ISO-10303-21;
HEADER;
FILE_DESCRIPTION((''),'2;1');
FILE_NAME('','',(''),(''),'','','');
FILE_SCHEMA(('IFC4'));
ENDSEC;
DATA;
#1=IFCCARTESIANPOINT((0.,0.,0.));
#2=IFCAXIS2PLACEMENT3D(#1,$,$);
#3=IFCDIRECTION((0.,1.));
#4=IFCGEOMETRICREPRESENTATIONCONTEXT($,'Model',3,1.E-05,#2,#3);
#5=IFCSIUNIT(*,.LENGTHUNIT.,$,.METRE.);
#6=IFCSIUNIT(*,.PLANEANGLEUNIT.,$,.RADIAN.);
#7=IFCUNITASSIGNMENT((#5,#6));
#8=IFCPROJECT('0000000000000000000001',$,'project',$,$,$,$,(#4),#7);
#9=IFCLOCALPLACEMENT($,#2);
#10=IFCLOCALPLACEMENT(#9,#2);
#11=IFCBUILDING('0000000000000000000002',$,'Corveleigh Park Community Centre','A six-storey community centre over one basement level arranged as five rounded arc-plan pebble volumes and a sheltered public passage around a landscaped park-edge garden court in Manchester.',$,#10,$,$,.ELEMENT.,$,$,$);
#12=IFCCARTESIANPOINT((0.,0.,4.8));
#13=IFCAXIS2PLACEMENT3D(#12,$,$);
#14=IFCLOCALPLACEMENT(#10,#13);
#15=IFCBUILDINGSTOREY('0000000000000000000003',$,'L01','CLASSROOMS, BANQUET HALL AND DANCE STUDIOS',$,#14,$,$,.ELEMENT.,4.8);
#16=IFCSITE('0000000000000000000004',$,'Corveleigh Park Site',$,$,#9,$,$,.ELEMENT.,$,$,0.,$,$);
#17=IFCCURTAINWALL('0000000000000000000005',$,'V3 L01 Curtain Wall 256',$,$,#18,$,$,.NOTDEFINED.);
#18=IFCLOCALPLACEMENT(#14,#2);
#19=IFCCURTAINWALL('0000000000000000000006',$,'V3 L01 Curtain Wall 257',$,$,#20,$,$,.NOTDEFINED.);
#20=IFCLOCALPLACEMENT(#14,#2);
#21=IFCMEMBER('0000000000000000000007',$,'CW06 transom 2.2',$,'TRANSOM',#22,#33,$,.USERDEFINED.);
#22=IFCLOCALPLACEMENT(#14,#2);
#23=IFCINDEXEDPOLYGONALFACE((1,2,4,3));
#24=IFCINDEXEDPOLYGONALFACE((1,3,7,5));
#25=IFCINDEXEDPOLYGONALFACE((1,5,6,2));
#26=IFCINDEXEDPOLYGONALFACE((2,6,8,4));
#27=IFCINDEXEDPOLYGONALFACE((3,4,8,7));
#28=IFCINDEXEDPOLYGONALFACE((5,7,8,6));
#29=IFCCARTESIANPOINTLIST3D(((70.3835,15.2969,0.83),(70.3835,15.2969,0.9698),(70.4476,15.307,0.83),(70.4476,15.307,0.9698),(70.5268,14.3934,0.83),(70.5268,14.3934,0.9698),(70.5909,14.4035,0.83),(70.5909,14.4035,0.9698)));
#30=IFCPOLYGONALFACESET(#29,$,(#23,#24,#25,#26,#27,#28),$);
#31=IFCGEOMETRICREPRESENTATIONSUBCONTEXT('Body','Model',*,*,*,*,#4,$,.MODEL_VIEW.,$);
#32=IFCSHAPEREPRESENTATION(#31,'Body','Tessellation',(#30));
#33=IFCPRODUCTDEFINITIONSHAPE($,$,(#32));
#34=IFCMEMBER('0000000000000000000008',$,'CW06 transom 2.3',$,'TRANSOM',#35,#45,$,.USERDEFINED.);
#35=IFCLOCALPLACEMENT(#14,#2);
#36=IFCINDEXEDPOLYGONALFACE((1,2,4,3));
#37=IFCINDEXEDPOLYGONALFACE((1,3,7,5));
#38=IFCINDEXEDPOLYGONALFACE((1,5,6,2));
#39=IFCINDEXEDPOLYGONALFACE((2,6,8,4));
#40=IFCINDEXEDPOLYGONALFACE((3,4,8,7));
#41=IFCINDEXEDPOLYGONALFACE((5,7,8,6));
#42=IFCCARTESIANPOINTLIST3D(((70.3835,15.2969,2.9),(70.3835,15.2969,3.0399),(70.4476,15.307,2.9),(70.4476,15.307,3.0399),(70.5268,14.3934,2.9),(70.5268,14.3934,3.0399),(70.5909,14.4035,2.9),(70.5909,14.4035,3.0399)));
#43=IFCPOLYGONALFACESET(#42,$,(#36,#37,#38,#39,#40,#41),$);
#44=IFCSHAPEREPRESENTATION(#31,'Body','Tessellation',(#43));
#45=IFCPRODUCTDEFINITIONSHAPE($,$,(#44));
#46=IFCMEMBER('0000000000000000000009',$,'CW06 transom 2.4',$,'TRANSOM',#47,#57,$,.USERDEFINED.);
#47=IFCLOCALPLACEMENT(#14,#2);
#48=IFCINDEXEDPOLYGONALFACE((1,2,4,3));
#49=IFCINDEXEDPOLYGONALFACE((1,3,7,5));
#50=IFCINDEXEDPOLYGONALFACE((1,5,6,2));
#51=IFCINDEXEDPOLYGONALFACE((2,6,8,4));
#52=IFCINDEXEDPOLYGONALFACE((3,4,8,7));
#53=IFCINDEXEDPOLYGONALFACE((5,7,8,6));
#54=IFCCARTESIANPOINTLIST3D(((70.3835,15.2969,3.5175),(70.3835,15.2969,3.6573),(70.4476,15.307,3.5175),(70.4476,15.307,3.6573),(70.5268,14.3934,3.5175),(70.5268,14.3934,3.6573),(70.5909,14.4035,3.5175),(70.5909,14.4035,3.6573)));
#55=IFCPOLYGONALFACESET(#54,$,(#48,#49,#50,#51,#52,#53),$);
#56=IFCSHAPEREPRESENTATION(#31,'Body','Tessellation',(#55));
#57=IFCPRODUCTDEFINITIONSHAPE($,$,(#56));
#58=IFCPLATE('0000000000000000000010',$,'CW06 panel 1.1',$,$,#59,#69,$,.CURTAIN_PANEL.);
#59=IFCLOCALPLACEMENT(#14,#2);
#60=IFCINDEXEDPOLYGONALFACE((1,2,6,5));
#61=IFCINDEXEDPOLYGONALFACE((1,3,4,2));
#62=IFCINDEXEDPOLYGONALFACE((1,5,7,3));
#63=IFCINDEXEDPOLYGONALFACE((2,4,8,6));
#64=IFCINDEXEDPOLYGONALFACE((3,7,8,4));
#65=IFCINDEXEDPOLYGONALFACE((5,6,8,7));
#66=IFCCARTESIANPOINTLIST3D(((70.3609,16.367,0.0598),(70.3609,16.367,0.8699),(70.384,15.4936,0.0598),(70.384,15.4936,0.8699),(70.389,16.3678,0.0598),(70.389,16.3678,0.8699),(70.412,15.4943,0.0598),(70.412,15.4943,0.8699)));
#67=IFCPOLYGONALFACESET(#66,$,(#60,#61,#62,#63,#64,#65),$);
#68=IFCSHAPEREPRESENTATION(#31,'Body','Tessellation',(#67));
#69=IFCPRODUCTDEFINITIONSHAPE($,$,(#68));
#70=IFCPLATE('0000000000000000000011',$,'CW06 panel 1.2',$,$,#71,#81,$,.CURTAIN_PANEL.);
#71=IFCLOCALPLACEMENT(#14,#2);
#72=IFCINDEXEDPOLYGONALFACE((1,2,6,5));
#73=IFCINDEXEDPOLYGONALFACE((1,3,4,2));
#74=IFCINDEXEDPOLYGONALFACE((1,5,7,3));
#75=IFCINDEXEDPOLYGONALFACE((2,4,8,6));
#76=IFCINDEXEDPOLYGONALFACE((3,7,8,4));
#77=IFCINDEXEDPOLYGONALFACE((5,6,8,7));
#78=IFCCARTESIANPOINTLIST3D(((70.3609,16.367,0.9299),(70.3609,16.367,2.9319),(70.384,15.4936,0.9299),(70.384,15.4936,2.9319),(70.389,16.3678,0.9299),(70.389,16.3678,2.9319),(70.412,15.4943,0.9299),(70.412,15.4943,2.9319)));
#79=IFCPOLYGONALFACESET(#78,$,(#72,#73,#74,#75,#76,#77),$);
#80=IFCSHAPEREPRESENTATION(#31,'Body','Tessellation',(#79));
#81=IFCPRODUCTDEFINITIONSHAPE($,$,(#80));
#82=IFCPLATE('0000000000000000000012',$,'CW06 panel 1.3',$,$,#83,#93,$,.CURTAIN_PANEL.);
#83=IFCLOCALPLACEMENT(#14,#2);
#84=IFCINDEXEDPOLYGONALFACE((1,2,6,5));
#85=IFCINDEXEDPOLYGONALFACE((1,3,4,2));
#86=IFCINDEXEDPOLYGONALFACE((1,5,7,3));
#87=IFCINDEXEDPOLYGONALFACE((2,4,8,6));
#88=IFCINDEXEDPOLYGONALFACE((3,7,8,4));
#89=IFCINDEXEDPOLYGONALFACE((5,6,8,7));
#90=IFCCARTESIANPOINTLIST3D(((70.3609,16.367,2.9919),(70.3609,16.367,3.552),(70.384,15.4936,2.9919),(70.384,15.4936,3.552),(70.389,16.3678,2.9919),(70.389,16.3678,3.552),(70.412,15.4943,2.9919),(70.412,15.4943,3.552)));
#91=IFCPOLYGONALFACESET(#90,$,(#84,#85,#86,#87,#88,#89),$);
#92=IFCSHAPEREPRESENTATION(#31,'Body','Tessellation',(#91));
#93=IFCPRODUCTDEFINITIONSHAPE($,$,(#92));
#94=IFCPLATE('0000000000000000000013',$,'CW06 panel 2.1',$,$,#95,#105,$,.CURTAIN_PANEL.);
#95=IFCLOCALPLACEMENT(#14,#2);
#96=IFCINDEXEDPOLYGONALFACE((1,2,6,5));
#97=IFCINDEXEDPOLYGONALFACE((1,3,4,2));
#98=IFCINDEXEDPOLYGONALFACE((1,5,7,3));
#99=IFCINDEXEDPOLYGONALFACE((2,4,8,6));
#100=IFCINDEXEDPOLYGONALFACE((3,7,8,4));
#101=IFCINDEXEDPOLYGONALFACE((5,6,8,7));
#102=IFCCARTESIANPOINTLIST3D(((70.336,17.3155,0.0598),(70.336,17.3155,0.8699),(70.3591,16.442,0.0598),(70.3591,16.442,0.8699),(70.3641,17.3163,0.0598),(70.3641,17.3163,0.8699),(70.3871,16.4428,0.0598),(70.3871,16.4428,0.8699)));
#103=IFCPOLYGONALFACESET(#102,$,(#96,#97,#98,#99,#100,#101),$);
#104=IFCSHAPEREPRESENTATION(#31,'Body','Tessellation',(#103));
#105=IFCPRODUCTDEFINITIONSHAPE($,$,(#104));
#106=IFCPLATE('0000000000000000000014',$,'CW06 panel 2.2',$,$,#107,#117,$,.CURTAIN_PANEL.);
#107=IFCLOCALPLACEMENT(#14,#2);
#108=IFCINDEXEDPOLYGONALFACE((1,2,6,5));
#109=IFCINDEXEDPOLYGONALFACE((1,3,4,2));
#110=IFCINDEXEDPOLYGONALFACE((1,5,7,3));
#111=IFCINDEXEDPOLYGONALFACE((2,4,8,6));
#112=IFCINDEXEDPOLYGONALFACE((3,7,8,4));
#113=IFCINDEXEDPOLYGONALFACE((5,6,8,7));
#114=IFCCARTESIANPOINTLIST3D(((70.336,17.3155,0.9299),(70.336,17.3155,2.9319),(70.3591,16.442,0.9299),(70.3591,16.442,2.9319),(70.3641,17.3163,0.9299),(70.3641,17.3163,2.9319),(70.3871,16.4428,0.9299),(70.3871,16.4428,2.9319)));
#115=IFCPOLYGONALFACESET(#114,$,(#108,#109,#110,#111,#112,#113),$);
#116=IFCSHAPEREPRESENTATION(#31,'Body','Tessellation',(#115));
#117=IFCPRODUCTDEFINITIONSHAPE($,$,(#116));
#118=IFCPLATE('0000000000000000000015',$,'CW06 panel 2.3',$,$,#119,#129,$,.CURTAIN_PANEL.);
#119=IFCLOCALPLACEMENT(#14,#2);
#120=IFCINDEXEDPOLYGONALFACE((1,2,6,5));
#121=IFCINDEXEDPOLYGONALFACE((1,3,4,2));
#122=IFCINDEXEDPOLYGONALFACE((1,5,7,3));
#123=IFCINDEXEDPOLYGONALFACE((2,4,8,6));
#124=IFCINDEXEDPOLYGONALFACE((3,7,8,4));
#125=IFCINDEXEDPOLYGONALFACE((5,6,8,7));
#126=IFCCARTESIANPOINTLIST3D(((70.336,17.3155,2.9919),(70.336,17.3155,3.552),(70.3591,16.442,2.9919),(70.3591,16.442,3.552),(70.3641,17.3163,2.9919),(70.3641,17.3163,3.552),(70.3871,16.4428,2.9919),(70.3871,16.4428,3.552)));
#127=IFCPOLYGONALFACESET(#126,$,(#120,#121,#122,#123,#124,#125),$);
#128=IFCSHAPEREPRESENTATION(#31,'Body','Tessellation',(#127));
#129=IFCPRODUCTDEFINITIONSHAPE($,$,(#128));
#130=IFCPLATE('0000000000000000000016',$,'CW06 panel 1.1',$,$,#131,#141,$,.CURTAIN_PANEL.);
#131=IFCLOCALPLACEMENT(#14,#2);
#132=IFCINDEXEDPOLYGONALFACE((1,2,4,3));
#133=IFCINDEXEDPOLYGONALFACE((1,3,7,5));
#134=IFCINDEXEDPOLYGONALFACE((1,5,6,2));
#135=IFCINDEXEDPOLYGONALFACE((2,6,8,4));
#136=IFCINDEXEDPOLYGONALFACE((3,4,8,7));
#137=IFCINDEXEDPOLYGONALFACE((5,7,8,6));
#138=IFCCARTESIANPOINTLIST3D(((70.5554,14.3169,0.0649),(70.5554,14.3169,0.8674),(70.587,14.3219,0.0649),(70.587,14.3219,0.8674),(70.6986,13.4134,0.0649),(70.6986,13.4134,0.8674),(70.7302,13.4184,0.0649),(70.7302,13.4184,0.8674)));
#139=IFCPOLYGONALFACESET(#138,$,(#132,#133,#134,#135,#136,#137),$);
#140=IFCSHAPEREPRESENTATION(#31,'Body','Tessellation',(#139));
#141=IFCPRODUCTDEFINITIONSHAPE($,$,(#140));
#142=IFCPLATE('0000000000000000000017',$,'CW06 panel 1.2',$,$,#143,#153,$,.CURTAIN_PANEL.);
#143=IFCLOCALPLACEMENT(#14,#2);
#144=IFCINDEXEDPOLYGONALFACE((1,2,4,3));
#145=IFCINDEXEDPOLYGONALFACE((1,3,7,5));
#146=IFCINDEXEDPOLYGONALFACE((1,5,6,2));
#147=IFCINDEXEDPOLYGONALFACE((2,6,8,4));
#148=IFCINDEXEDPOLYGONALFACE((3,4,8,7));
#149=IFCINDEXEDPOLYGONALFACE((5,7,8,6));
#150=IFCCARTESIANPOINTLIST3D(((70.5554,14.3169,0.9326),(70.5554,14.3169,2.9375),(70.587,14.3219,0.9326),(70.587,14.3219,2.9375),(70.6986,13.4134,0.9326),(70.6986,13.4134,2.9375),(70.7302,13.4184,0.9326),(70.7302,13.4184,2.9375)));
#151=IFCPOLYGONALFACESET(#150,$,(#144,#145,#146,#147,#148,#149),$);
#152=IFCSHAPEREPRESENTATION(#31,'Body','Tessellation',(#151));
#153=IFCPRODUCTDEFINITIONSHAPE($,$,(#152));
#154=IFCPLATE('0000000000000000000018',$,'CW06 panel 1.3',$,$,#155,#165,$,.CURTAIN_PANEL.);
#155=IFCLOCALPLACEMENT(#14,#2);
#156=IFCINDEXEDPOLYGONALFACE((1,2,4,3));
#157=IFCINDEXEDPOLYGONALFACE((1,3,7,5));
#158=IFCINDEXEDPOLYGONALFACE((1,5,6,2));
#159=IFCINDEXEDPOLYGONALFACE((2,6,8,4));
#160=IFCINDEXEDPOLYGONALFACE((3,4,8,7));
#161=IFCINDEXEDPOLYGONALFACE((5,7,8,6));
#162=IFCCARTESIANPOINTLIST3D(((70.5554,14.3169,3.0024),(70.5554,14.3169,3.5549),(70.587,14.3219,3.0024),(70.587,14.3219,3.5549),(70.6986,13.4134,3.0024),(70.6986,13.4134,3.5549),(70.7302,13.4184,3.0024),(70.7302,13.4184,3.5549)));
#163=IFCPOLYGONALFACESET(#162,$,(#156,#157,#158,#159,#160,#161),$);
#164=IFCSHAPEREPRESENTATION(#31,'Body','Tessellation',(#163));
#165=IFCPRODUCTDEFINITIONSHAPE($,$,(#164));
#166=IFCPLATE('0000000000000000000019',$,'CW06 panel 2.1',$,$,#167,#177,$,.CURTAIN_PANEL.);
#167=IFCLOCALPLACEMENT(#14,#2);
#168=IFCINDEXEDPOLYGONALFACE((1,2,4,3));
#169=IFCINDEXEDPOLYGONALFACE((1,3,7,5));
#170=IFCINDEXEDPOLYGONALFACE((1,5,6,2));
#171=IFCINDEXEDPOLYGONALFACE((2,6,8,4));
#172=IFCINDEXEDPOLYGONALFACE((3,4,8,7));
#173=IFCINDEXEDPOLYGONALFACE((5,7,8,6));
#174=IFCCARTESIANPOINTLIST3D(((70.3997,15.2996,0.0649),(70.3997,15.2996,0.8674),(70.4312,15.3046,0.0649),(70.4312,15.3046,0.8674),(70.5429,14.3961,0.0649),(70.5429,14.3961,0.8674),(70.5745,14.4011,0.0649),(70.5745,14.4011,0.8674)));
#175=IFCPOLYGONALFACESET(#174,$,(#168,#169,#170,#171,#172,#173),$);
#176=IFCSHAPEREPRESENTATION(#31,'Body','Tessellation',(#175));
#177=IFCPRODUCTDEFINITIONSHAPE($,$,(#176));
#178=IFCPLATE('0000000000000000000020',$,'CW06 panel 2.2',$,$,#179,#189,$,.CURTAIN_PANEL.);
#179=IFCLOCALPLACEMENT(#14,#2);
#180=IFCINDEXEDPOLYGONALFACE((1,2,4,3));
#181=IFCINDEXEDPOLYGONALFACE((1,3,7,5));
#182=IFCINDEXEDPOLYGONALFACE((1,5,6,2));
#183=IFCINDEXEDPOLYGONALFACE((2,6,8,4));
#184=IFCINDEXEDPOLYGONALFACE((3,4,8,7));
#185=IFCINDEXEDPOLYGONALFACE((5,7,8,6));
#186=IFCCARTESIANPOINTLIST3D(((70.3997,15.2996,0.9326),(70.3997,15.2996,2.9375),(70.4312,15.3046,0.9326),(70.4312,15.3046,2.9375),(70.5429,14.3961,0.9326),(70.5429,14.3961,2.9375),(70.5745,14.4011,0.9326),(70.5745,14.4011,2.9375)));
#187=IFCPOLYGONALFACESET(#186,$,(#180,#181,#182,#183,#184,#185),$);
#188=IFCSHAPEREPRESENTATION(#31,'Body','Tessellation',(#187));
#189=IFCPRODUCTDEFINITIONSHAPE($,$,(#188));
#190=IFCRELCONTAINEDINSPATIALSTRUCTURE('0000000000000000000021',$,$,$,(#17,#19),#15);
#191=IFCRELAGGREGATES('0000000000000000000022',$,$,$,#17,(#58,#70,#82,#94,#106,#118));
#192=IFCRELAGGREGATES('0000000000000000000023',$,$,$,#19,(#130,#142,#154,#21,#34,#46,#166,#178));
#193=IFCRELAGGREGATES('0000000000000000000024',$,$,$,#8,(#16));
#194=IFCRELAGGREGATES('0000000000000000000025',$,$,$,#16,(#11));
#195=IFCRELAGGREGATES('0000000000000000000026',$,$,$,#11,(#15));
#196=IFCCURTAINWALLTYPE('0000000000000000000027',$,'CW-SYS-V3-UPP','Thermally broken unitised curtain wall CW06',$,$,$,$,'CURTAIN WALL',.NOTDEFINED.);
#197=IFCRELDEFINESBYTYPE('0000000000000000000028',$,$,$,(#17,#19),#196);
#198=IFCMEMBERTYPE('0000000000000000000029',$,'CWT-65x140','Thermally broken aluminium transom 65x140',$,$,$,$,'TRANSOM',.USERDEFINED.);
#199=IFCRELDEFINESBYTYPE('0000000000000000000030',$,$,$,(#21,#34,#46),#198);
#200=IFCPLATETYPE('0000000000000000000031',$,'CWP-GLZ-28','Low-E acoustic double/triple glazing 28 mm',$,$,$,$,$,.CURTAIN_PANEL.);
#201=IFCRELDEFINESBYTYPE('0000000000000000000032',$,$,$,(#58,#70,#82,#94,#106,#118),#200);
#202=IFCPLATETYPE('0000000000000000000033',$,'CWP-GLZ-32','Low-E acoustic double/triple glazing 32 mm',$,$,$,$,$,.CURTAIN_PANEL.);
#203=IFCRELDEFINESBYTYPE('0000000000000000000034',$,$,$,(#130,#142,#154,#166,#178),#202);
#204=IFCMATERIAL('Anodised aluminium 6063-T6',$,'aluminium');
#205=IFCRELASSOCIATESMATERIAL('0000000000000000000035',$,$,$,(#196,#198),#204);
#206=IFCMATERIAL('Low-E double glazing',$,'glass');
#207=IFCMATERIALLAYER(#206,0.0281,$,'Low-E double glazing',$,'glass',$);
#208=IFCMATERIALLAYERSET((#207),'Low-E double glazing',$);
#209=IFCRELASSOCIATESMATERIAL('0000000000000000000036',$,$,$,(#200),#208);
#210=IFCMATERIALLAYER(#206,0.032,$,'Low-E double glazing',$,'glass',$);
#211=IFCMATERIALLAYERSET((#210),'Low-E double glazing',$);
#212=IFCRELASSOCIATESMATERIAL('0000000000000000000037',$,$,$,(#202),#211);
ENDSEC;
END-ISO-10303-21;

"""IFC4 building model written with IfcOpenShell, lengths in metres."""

from ifc_helpers import new_model, si_unit, direction, frame, origin, origin_2d, place, context, subcontext, project, spatial, rectangle, extrude, material, layer, layer_set, material_profile, profile_set, type_object, element, aggregate, save


model = new_model("IFC4")

# Units and contexts
model_context = context("Model", 3, precision=1e-05, world=origin(), true_north=direction((0.0, 1.0)))
body_context = subcontext(model_context, "Body", "Model", "MODEL_VIEW")
ifc_project = project(units=[si_unit("LENGTHUNIT", "METRE"), si_unit("PLANEANGLEUNIT", "RADIAN")], contexts=[model_context])

# Site, building, storey
site_placement = place(None, origin())
site = spatial("IfcSite", under=ifc_project, at=site_placement, Name="Corveleigh Park Site", CompositionType="ELEMENT", RefElevation=0.0)
building_placement = place(site_placement, origin())
building = spatial("IfcBuilding", under=site, at=building_placement, Name="Corveleigh Park Community Centre", Description="A six-storey community centre over one basement level arranged as five rounded arc-plan pebble volumes and a sheltered public passage around a landscaped park-edge garden court in Manchester.", CompositionType="ELEMENT")
storey_placement = place(building_placement, frame((0.0, 0.0, 4.8)))
storey = spatial("IfcBuildingStorey", under=building, at=storey_placement, Name="L01", Description="CLASSROOMS, BANQUET HALL AND DANCE STUDIOS", CompositionType="ELEMENT", Elevation=4.8)

# Curtain walls
ifc_material_1 = material(Name="Anodised aluminium 6063-T6", Category="aluminium")
curtain_wall_type = type_object("IfcCurtainWallType", Name="CW-SYS-V3-UPP", Description="Thermally broken unitised curtain wall CW06", ElementType="CURTAIN WALL", PredefinedType="NOTDEFINED", material=ifc_material_1)
curtain_wall_1_placement = place(storey_placement, origin())
curtain_wall_1 = element("IfcCurtainWall", 1, at=curtain_wall_1_placement, inside=storey, type_object=curtain_wall_type, Name="V3 L01 Curtain Wall 256", PredefinedType="NOTDEFINED")
curtain_wall_2_placement = place(storey_placement, origin())
curtain_wall_2 = element("IfcCurtainWall", 2, at=curtain_wall_2_placement, inside=storey, type_object=curtain_wall_type, Name="V3 L01 Curtain Wall 257", PredefinedType="NOTDEFINED")

# Members
ifc_material_profile_1 = material_profile(ifc_material_1, rectangle(XDim=0.0649, YDim=0.1399, at=origin_2d()), Name="ALU-T65x140", Category="aluminium")
ifc_profile_set_1 = profile_set([ifc_material_profile_1], Name="Anodised aluminium 6063-T6")
member_type_1 = type_object("IfcMemberType", Name="CWT-65x140", Description="Thermally broken aluminium transom 65x140", ElementType="TRANSOM", PredefinedType="USERDEFINED", material=ifc_profile_set_1)
member_1_placement = place(storey_placement, frame((70.5588, 14.3984, 0.8999), z_axis=(-0.156648, 0.987655, 0.0), x_axis=(-0.987655, -0.156648, 0.0)))
member_1 = element("IfcMember", 3, at=member_1_placement, type_object=member_type_1, Name="CW06 transom 2.2", ObjectType="TRANSOM", PredefinedType="USERDEFINED", context=body_context, shape_type="SweptSolid", body=[
    extrude(rectangle(XDim=0.0649, YDim=0.1399, at=origin_2d()), origin(), (0.0, 0.0, 1.0), 0.9148),
])
member_2_placement = place(storey_placement, frame((70.5588, 14.3984, 2.97), z_axis=(-0.156648, 0.987655, 0.0), x_axis=(-0.987655, -0.156648, 0.0)))
member_2 = element("IfcMember", 4, at=member_2_placement, type_object=member_type_1, Name="CW06 transom 2.3", ObjectType="TRANSOM", PredefinedType="USERDEFINED", context=body_context, shape_type="SweptSolid", body=[
    extrude(rectangle(XDim=0.0649, YDim=0.1399, at=origin_2d()), origin(), (0.0, 0.0, 1.0), 0.9148),
])
member_3_placement = place(storey_placement, frame((70.5588, 14.3984, 3.5874), z_axis=(-0.156648, 0.987655, 0.0), x_axis=(-0.987655, -0.156648, 0.0)))
member_3 = element("IfcMember", 5, at=member_3_placement, type_object=member_type_1, Name="CW06 transom 2.4", ObjectType="TRANSOM", PredefinedType="USERDEFINED", context=body_context, shape_type="SweptSolid", body=[
    extrude(rectangle(XDim=0.0649, YDim=0.1399, at=origin_2d()), origin(), (0.0, 0.0, 1.0), 0.9148),
])

# Plates
ifc_material_2 = material(Name="Low-E double glazing", Category="glass")
ifc_layer_1 = layer(ifc_material_2, 0.0281, Name="Low-E double glazing", Category="glass")
ifc_layer_set_1 = layer_set([ifc_layer_1], Name="Low-E double glazing")
plate_type_1 = type_object("IfcPlateType", Name="CWP-GLZ-28", Description="Low-E acoustic double/triple glazing 28 mm", PredefinedType="CURTAIN_PANEL", material=ifc_layer_set_1)
plate_1_placement = place(storey_placement, frame((70.3865, 15.9307, 0.0598), z_axis=(0.0, 0.0, 1.0), x_axis=(-0.02636, 0.999653, 0.0)))
plate_1 = element("IfcPlate", 6, at=plate_1_placement, type_object=plate_type_1, Name="CW06 panel 1.1", PredefinedType="CURTAIN_PANEL", context=body_context, shape_type="SweptSolid", body=[
    extrude(rectangle(XDim=0.8738, YDim=0.0281, at=origin_2d()), origin(), (0.0, 0.0, 1.0), 0.8101),
])
plate_2_placement = place(storey_placement, frame((70.3865, 15.9307, 0.9299), z_axis=(0.0, 0.0, 1.0), x_axis=(-0.02636, 0.999653, 0.0)))
plate_2 = element("IfcPlate", 7, at=plate_2_placement, type_object=plate_type_1, Name="CW06 panel 1.2", PredefinedType="CURTAIN_PANEL", context=body_context, shape_type="SweptSolid", body=[
    extrude(rectangle(XDim=0.8738, YDim=0.0281, at=origin_2d()), origin(), (0.0, 0.0, 1.0), 2.002),
])
plate_3_placement = place(storey_placement, frame((70.3865, 15.9307, 2.9919), z_axis=(0.0, 0.0, 1.0), x_axis=(-0.02636, 0.999653, 0.0)))
plate_3 = element("IfcPlate", 8, at=plate_3_placement, type_object=plate_type_1, Name="CW06 panel 1.3", PredefinedType="CURTAIN_PANEL", context=body_context, shape_type="SweptSolid", body=[
    extrude(rectangle(XDim=0.8738, YDim=0.0281, at=origin_2d()), origin(), (0.0, 0.0, 1.0), 0.5601),
])
plate_4_placement = place(storey_placement, frame((70.3616, 16.8792, 0.0598), z_axis=(0.0, 0.0, 1.0), x_axis=(-0.02636, 0.999653, 0.0)))
plate_4 = element("IfcPlate", 9, at=plate_4_placement, type_object=plate_type_1, Name="CW06 panel 2.1", PredefinedType="CURTAIN_PANEL", context=body_context, shape_type="SweptSolid", body=[
    extrude(rectangle(XDim=0.8738, YDim=0.0281, at=origin_2d()), origin(), (0.0, 0.0, 1.0), 0.8101),
])
plate_5_placement = place(storey_placement, frame((70.3616, 16.8792, 0.9299), z_axis=(0.0, 0.0, 1.0), x_axis=(-0.02636, 0.999653, 0.0)))
plate_5 = element("IfcPlate", 10, at=plate_5_placement, type_object=plate_type_1, Name="CW06 panel 2.2", PredefinedType="CURTAIN_PANEL", context=body_context, shape_type="SweptSolid", body=[
    extrude(rectangle(XDim=0.8738, YDim=0.0281, at=origin_2d()), origin(), (0.0, 0.0, 1.0), 2.002),
])
plate_6_placement = place(storey_placement, frame((70.3616, 16.8792, 2.9919), z_axis=(0.0, 0.0, 1.0), x_axis=(-0.02636, 0.999653, 0.0)))
plate_6 = element("IfcPlate", 11, at=plate_6_placement, type_object=plate_type_1, Name="CW06 panel 2.3", PredefinedType="CURTAIN_PANEL", context=body_context, shape_type="SweptSolid", body=[
    extrude(rectangle(XDim=0.8738, YDim=0.0281, at=origin_2d()), origin(), (0.0, 0.0, 1.0), 0.5601),
])
aggregate(curtain_wall_1, [plate_1, plate_2, plate_3, plate_4, plate_5, plate_6])
ifc_layer_2 = layer(ifc_material_2, 0.032, Name="Low-E double glazing", Category="glass")
ifc_layer_set_2 = layer_set([ifc_layer_2], Name="Low-E double glazing")
plate_type_2 = type_object("IfcPlateType", Name="CWP-GLZ-32", Description="Low-E acoustic double/triple glazing 32 mm", PredefinedType="CURTAIN_PANEL", material=ifc_layer_set_2)
plate_7_placement = place(storey_placement, frame((70.6428, 13.8677, 0.0649), z_axis=(0.0, 0.0, 1.0), x_axis=(-0.156558, 0.987669, 0.0)))
plate_7 = element("IfcPlate", 12, at=plate_7_placement, type_object=plate_type_2, Name="CW06 panel 1.1", PredefinedType="CURTAIN_PANEL", context=body_context, shape_type="SweptSolid", body=[
    extrude(rectangle(XDim=0.9148, YDim=0.032, at=origin_2d()), origin(), (0.0, 0.0, 1.0), 0.8025),
])
plate_8_placement = place(storey_placement, frame((70.6428, 13.8677, 0.9326), z_axis=(0.0, 0.0, 1.0), x_axis=(-0.156558, 0.987669, 0.0)))
plate_8 = element("IfcPlate", 13, at=plate_8_placement, type_object=plate_type_2, Name="CW06 panel 1.2", PredefinedType="CURTAIN_PANEL", context=body_context, shape_type="SweptSolid", body=[
    extrude(rectangle(XDim=0.9148, YDim=0.032, at=origin_2d()), origin(), (0.0, 0.0, 1.0), 2.0049),
])
plate_9_placement = place(storey_placement, frame((70.6428, 13.8677, 3.0024), z_axis=(0.0, 0.0, 1.0), x_axis=(-0.156558, 0.987669, 0.0)))
plate_9 = element("IfcPlate", 14, at=plate_9_placement, type_object=plate_type_2, Name="CW06 panel 1.3", PredefinedType="CURTAIN_PANEL", context=body_context, shape_type="SweptSolid", body=[
    extrude(rectangle(XDim=0.9148, YDim=0.032, at=origin_2d()), origin(), (0.0, 0.0, 1.0), 0.5525),
])
plate_10_placement = place(storey_placement, frame((70.4871, 14.8503, 0.0649), z_axis=(0.0, 0.0, 1.0), x_axis=(-0.156558, 0.987669, 0.0)))
plate_10 = element("IfcPlate", 15, at=plate_10_placement, type_object=plate_type_2, Name="CW06 panel 2.1", PredefinedType="CURTAIN_PANEL", context=body_context, shape_type="SweptSolid", body=[
    extrude(rectangle(XDim=0.9148, YDim=0.032, at=origin_2d()), origin(), (0.0, 0.0, 1.0), 0.8025),
])
plate_11_placement = place(storey_placement, frame((70.4871, 14.8503, 0.9326), z_axis=(0.0, 0.0, 1.0), x_axis=(-0.156558, 0.987669, 0.0)))
plate_11 = element("IfcPlate", 16, at=plate_11_placement, type_object=plate_type_2, Name="CW06 panel 2.2", PredefinedType="CURTAIN_PANEL", context=body_context, shape_type="SweptSolid", body=[
    extrude(rectangle(XDim=0.9148, YDim=0.032, at=origin_2d()), origin(), (0.0, 0.0, 1.0), 2.0049),
])
aggregate(curtain_wall_2, [plate_7, plate_8, plate_9, member_1, member_2, member_3, plate_10, plate_11])

save(model, "model.ifc")
